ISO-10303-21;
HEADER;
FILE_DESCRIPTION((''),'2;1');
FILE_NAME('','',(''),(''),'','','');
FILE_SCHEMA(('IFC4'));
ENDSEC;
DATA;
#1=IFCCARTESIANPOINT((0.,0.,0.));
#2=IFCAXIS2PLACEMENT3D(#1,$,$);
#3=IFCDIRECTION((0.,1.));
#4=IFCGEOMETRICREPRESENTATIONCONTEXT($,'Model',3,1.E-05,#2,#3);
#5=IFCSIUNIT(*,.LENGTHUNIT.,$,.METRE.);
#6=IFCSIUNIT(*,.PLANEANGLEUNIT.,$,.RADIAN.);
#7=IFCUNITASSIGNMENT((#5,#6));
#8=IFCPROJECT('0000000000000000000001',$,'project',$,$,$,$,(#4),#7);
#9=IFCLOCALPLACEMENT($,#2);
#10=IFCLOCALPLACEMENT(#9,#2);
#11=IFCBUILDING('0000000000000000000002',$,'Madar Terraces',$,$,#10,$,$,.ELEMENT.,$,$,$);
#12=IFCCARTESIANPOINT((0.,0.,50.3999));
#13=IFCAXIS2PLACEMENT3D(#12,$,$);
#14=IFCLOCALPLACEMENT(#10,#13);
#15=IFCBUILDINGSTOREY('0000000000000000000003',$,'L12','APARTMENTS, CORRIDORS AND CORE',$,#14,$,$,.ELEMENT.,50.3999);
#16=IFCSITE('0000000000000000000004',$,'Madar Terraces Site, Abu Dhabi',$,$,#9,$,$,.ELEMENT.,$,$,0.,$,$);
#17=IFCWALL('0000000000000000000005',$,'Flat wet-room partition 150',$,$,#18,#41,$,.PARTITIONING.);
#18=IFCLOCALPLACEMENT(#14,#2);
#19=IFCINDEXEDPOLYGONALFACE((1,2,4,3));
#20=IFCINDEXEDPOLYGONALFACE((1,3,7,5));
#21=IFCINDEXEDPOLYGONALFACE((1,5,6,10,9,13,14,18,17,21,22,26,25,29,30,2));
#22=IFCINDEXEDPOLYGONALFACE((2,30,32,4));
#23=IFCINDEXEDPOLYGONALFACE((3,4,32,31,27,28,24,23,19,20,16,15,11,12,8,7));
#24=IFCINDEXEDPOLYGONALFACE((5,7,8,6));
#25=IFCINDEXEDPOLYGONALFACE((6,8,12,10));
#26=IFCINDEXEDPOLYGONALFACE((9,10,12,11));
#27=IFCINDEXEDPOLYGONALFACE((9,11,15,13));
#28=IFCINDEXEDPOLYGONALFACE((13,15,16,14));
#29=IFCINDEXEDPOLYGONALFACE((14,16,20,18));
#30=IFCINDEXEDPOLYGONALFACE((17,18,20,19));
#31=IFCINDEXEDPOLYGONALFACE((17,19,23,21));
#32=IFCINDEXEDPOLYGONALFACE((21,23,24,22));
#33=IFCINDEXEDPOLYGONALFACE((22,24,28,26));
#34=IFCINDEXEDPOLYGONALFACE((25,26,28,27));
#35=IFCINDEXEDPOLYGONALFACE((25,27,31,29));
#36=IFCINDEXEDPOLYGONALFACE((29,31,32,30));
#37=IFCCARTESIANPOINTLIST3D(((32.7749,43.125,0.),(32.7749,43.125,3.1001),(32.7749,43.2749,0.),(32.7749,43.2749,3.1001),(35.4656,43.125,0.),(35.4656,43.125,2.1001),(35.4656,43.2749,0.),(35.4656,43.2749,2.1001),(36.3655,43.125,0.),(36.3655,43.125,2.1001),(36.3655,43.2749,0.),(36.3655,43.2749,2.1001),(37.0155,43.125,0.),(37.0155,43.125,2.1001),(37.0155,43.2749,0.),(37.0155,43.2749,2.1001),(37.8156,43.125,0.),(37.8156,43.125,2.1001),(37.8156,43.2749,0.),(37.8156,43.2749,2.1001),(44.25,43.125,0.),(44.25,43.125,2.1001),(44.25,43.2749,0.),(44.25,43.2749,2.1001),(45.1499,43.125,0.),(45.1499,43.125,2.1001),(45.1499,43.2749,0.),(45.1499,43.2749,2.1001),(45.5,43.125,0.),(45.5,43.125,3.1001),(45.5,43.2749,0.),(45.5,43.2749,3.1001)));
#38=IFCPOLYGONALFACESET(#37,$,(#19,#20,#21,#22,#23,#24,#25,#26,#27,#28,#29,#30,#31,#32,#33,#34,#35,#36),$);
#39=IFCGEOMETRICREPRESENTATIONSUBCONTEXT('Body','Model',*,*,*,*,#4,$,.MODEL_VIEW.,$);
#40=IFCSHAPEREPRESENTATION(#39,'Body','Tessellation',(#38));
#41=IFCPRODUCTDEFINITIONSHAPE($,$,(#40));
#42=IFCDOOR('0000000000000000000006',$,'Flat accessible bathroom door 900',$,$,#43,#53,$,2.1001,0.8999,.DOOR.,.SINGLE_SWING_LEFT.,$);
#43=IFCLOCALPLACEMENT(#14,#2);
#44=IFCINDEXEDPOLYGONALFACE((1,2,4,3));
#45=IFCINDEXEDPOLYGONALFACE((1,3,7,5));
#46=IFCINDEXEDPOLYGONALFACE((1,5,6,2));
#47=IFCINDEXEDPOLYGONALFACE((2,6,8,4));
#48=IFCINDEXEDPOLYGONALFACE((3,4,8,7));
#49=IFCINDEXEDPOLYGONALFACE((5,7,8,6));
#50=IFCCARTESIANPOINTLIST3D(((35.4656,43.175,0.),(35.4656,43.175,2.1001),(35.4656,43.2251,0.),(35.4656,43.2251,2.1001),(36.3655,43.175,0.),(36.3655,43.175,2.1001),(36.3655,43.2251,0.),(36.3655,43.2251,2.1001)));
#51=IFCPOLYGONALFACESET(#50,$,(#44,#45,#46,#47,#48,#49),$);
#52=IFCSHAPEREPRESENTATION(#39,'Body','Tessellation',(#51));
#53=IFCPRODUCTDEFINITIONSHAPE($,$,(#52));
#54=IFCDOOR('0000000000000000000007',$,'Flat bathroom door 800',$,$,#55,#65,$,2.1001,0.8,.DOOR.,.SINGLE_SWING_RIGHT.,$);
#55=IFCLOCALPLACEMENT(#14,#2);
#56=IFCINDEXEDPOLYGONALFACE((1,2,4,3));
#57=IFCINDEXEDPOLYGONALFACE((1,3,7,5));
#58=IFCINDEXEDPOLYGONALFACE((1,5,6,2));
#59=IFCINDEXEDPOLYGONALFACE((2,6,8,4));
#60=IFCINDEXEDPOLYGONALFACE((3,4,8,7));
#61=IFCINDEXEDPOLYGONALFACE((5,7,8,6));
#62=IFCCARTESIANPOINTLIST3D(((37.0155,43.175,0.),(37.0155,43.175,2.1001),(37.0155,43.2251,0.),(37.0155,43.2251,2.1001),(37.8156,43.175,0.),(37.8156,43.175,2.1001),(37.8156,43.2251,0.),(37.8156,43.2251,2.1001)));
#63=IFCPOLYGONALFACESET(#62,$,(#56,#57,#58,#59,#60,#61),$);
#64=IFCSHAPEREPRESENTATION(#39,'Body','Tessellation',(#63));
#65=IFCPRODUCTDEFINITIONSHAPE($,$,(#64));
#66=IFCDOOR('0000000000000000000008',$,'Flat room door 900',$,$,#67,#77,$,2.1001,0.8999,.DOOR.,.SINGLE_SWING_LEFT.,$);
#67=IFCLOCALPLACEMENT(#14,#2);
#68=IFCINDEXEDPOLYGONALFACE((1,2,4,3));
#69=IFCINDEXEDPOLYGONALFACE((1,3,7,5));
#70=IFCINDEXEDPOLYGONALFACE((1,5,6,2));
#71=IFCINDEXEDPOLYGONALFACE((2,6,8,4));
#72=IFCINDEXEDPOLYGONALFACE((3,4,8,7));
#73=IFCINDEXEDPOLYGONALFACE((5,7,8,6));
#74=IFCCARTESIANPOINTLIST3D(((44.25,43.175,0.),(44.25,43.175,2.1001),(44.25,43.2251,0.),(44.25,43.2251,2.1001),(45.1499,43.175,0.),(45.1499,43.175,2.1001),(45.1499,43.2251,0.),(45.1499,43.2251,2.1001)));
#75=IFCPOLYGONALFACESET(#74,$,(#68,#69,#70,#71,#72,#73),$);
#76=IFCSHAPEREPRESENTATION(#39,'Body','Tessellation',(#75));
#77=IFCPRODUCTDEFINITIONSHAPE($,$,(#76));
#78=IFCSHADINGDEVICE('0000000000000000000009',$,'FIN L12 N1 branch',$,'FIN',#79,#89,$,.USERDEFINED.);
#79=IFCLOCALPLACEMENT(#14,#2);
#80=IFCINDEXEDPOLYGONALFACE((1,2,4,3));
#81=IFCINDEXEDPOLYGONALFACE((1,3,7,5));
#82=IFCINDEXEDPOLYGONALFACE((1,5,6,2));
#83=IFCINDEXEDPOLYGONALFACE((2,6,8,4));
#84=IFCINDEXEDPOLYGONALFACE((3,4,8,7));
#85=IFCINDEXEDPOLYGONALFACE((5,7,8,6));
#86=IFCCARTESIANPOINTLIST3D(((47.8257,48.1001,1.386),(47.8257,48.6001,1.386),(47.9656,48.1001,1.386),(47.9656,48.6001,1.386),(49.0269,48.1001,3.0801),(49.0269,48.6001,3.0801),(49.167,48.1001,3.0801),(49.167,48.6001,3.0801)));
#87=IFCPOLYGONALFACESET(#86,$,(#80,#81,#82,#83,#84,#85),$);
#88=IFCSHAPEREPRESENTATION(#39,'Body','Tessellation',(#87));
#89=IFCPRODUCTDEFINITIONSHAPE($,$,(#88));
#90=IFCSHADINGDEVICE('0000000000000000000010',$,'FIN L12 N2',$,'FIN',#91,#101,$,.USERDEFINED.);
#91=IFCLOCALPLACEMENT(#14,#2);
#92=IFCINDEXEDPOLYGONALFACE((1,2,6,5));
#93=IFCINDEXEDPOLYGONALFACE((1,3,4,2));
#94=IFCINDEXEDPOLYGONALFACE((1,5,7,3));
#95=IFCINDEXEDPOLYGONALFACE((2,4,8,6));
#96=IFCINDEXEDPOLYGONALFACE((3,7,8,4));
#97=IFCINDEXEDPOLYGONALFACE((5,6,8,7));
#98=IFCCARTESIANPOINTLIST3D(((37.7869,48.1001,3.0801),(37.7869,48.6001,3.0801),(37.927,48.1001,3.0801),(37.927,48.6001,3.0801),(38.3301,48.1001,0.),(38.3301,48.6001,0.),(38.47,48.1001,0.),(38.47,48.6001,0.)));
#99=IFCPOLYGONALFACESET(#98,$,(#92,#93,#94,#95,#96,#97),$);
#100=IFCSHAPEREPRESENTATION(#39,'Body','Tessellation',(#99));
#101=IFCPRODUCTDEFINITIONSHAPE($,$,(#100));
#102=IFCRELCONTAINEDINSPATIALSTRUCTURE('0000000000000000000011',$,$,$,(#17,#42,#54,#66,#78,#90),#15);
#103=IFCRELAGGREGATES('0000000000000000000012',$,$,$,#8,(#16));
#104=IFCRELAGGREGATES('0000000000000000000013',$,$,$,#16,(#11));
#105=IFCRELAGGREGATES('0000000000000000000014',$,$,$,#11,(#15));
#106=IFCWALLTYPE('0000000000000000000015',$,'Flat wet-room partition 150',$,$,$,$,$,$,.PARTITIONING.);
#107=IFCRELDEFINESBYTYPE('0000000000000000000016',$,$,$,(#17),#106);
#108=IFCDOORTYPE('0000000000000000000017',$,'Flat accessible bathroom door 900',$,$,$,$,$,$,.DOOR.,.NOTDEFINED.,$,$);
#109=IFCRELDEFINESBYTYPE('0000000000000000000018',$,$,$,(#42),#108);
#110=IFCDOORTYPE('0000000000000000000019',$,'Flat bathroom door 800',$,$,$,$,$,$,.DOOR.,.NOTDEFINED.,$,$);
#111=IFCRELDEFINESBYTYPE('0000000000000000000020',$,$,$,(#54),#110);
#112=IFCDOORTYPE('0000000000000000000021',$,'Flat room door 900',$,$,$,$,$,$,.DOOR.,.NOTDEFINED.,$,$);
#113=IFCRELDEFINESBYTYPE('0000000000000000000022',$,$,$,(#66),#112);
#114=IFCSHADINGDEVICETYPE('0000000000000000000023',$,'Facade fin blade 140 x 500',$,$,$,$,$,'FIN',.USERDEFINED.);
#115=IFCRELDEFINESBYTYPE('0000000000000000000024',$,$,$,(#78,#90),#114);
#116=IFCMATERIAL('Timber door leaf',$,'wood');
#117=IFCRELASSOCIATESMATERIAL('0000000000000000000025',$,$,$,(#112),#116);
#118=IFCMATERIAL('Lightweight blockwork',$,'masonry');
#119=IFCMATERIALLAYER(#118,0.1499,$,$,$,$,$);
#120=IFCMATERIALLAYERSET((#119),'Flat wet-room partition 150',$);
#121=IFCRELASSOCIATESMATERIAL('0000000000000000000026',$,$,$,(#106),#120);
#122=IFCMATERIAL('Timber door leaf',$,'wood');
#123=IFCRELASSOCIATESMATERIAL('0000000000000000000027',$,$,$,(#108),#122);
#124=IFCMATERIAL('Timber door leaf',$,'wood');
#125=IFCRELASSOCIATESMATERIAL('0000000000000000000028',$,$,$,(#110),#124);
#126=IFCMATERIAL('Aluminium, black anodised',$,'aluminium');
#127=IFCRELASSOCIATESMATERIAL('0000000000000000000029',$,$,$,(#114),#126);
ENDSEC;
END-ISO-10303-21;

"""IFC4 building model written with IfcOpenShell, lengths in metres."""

from ifc_helpers import new_model, si_unit, direction, frame, frame_2d, origin, place, context, subcontext, project, spatial, polyline, rectangle, outline, extrude, material, layer, layer_set, type_object, element, fill, save


model = new_model("IFC4")

# Units and contexts
model_context = context("Model", 3, precision=1e-05, world=origin(), true_north=direction((0.0, 1.0)))
body_context = subcontext(model_context, "Body", "Model", "MODEL_VIEW")
ifc_project = project(units=[si_unit("LENGTHUNIT", "METRE"), si_unit("PLANEANGLEUNIT", "RADIAN")], contexts=[model_context])

# Site, building, storey
site_placement = place(None, origin())
site = spatial("IfcSite", under=ifc_project, at=site_placement, Name="Madar Terraces Site, Abu Dhabi", CompositionType="ELEMENT", RefElevation=0.0)
building_placement = place(site_placement, origin())
building = spatial("IfcBuilding", under=site, at=building_placement, Name="Madar Terraces", CompositionType="ELEMENT")
storey_placement = place(building_placement, frame((0.0, 0.0, 50.3999)))
storey = spatial("IfcBuildingStorey", under=building, at=storey_placement, Name="L12", Description="APARTMENTS, CORRIDORS AND CORE", CompositionType="ELEMENT", Elevation=50.3999)

# Shared definitions
ifc_material_1 = material(Name="Timber door leaf", Category="wood")
door_type_1 = type_object("IfcDoorType", Name="Flat room door 900", OperationType="NOTDEFINED", PredefinedType="DOOR", material=ifc_material_1)

# Shared definitions
ifc_material_2 = material(Name="Lightweight blockwork", Category="masonry")
ifc_layer_1 = layer(ifc_material_2, 0.1499)
ifc_layer_set_1 = layer_set([ifc_layer_1], Name="Flat wet-room partition 150")
wall_type_1 = type_object("IfcWallType", Name="Flat wet-room partition 150", PredefinedType="PARTITIONING", material=ifc_layer_set_1)

# Wall, openings, doors
wall_1_placement = place(storey_placement, frame((45.5, 43.2, 0.0), z_axis=(0.0, 0.0, 1.0), x_axis=(-1.0, 0.0, 0.0)))
wall_1 = element("IfcWall", 1, at=wall_1_placement, inside=storey, type_object=wall_type_1, Name="Flat wet-room partition 150", PredefinedType="PARTITIONING", context=body_context, shape_type="SweptSolid", body=[
    extrude(rectangle(XDim=12.7251, YDim=0.1499, at=frame_2d((6.3625, 0.0))), origin(), (0.0, 0.0, 1.0), 3.1001),
])
opening_1_placement = place(wall_1_placement, frame((9.1345, 0.0, 0.0)))
opening_1 = element("IfcOpeningElement", 2, at=opening_1_placement, cuts=wall_1, PredefinedType="OPENING", context=body_context, shape_type="SweptSolid", body=[
    extrude(rectangle(XDim=0.8999, YDim=2.1001, at=frame_2d((0.45, 1.05))), frame((0.0, 0.085, 0.0), z_axis=(0.0, -1.0, 0.0), x_axis=(1.0, 0.0, 0.0)), (0.0, 0.0, 1.0), 0.1699),
])
opening_2_placement = place(wall_1_placement, frame((7.6846, 0.0, 0.0)))
opening_2 = element("IfcOpeningElement", 3, at=opening_2_placement, cuts=wall_1, PredefinedType="OPENING", context=body_context, shape_type="SweptSolid", body=[
    extrude(rectangle(XDim=0.8, YDim=2.1001, at=frame_2d((0.3999, 1.05))), frame((0.0, 0.085, 0.0), z_axis=(0.0, -1.0, 0.0), x_axis=(1.0, 0.0, 0.0)), (0.0, 0.0, 1.0), 0.1699),
])
opening_3_placement = place(wall_1_placement, frame((0.3501, 0.0, 0.0)))
opening_3 = element("IfcOpeningElement", 4, at=opening_3_placement, cuts=wall_1, PredefinedType="OPENING", context=body_context, shape_type="SweptSolid", body=[
    extrude(rectangle(XDim=0.8999, YDim=2.1001, at=frame_2d((0.45, 1.05))), frame((0.0, 0.085, 0.0), z_axis=(0.0, -1.0, 0.0), x_axis=(1.0, 0.0, 0.0)), (0.0, 0.0, 1.0), 0.1699),
])
ifc_material_3 = material(Name="Timber door leaf", Category="wood")
door_type_2 = type_object("IfcDoorType", Name="Flat accessible bathroom door 900", OperationType="NOTDEFINED", PredefinedType="DOOR", material=ifc_material_3)
door_1_placement = place(opening_1_placement, origin())
door_1 = element("IfcDoor", 5, at=door_1_placement, inside=storey, type_object=door_type_2, Name="Flat accessible bathroom door 900", OperationType="SINGLE_SWING_LEFT", OverallHeight=2.1001, OverallWidth=0.8999, PredefinedType="DOOR", context=body_context, shape_type="SweptSolid", body=[
    extrude(rectangle(XDim=0.8999, YDim=2.1001, at=frame_2d((0.45, 1.05))), frame((0.0, 0.0249, 0.0), z_axis=(0.0, -1.0, 0.0), x_axis=(1.0, 0.0, 0.0)), (0.0, 0.0, 1.0), 0.05),
])
fill(opening_1, door_1)
ifc_material_4 = material(Name="Timber door leaf", Category="wood")
door_type_3 = type_object("IfcDoorType", Name="Flat bathroom door 800", OperationType="NOTDEFINED", PredefinedType="DOOR", material=ifc_material_4)
door_2_placement = place(opening_2_placement, origin())
door_2 = element("IfcDoor", 6, at=door_2_placement, inside=storey, type_object=door_type_3, Name="Flat bathroom door 800", OperationType="SINGLE_SWING_RIGHT", OverallHeight=2.1001, OverallWidth=0.8, PredefinedType="DOOR", context=body_context, shape_type="SweptSolid", body=[
    extrude(rectangle(XDim=0.8, YDim=2.1001, at=frame_2d((0.3999, 1.05))), frame((0.0, 0.0249, 0.0), z_axis=(0.0, -1.0, 0.0), x_axis=(1.0, 0.0, 0.0)), (0.0, 0.0, 1.0), 0.05),
])
fill(opening_2, door_2)
door_3_placement = place(opening_3_placement, origin())
door_3 = element("IfcDoor", 7, at=door_3_placement, inside=storey, type_object=door_type_1, Name="Flat room door 900", OperationType="SINGLE_SWING_LEFT", OverallHeight=2.1001, OverallWidth=0.8999, PredefinedType="DOOR", context=body_context, shape_type="SweptSolid", body=[
    extrude(rectangle(XDim=0.8999, YDim=2.1001, at=frame_2d((0.45, 1.05))), frame((0.0, 0.0249, 0.0), z_axis=(0.0, -1.0, 0.0), x_axis=(1.0, 0.0, 0.0)), (0.0, 0.0, 1.0), 0.05),
])
fill(opening_3, door_3)

# Shading devices
ifc_material_5 = material(Name="Aluminium, black anodised", Category="aluminium")
shading_device_type = type_object("IfcShadingDeviceType", Name="Facade fin blade 140 x 500", ElementType="FIN", PredefinedType="USERDEFINED", material=ifc_material_5)
shading_device_1_placement = place(storey_placement, frame((47.9656, 48.3501, 1.386), z_axis=(0.0, 0.0, 1.0), x_axis=(-1.0, 0.0, 0.0)))
element("IfcShadingDevice", 8, at=shading_device_1_placement, inside=storey, type_object=shading_device_type, Name="FIN L12 N1 branch", ObjectType="FIN", PredefinedType="USERDEFINED", context=body_context, shape_type="SweptSolid", body=[
    extrude(outline(polyline([(0.0, 0.0), (0.1399, 0.0), (-1.0613, 1.6941), (-1.2014, 1.6941), (0.0, 0.0)])), frame((0.0, 0.25, 0.0), z_axis=(0.0, -1.0, 0.0), x_axis=(1.0, 0.0, 0.0)), (0.0, 0.0, 1.0), 0.5),
])
shading_device_2_placement = place(storey_placement, frame((38.47, 48.3501, 0.0), z_axis=(0.0, 0.0, 1.0), x_axis=(-1.0, 0.0, 0.0)))
element("IfcShadingDevice", 9, at=shading_device_2_placement, inside=storey, type_object=shading_device_type, Name="FIN L12 N2", ObjectType="FIN", PredefinedType="USERDEFINED", context=body_context, shape_type="SweptSolid", body=[
    extrude(outline(polyline([(0.0, 0.0), (0.1399, 0.0), (0.6831, 3.0801), (0.543, 3.0801), (0.0, 0.0)])), frame((0.0, 0.25, 0.0), z_axis=(0.0, -1.0, 0.0), x_axis=(1.0, 0.0, 0.0)), (0.0, 0.0, 1.0), 0.5),
])

save(model, "model.ifc")
